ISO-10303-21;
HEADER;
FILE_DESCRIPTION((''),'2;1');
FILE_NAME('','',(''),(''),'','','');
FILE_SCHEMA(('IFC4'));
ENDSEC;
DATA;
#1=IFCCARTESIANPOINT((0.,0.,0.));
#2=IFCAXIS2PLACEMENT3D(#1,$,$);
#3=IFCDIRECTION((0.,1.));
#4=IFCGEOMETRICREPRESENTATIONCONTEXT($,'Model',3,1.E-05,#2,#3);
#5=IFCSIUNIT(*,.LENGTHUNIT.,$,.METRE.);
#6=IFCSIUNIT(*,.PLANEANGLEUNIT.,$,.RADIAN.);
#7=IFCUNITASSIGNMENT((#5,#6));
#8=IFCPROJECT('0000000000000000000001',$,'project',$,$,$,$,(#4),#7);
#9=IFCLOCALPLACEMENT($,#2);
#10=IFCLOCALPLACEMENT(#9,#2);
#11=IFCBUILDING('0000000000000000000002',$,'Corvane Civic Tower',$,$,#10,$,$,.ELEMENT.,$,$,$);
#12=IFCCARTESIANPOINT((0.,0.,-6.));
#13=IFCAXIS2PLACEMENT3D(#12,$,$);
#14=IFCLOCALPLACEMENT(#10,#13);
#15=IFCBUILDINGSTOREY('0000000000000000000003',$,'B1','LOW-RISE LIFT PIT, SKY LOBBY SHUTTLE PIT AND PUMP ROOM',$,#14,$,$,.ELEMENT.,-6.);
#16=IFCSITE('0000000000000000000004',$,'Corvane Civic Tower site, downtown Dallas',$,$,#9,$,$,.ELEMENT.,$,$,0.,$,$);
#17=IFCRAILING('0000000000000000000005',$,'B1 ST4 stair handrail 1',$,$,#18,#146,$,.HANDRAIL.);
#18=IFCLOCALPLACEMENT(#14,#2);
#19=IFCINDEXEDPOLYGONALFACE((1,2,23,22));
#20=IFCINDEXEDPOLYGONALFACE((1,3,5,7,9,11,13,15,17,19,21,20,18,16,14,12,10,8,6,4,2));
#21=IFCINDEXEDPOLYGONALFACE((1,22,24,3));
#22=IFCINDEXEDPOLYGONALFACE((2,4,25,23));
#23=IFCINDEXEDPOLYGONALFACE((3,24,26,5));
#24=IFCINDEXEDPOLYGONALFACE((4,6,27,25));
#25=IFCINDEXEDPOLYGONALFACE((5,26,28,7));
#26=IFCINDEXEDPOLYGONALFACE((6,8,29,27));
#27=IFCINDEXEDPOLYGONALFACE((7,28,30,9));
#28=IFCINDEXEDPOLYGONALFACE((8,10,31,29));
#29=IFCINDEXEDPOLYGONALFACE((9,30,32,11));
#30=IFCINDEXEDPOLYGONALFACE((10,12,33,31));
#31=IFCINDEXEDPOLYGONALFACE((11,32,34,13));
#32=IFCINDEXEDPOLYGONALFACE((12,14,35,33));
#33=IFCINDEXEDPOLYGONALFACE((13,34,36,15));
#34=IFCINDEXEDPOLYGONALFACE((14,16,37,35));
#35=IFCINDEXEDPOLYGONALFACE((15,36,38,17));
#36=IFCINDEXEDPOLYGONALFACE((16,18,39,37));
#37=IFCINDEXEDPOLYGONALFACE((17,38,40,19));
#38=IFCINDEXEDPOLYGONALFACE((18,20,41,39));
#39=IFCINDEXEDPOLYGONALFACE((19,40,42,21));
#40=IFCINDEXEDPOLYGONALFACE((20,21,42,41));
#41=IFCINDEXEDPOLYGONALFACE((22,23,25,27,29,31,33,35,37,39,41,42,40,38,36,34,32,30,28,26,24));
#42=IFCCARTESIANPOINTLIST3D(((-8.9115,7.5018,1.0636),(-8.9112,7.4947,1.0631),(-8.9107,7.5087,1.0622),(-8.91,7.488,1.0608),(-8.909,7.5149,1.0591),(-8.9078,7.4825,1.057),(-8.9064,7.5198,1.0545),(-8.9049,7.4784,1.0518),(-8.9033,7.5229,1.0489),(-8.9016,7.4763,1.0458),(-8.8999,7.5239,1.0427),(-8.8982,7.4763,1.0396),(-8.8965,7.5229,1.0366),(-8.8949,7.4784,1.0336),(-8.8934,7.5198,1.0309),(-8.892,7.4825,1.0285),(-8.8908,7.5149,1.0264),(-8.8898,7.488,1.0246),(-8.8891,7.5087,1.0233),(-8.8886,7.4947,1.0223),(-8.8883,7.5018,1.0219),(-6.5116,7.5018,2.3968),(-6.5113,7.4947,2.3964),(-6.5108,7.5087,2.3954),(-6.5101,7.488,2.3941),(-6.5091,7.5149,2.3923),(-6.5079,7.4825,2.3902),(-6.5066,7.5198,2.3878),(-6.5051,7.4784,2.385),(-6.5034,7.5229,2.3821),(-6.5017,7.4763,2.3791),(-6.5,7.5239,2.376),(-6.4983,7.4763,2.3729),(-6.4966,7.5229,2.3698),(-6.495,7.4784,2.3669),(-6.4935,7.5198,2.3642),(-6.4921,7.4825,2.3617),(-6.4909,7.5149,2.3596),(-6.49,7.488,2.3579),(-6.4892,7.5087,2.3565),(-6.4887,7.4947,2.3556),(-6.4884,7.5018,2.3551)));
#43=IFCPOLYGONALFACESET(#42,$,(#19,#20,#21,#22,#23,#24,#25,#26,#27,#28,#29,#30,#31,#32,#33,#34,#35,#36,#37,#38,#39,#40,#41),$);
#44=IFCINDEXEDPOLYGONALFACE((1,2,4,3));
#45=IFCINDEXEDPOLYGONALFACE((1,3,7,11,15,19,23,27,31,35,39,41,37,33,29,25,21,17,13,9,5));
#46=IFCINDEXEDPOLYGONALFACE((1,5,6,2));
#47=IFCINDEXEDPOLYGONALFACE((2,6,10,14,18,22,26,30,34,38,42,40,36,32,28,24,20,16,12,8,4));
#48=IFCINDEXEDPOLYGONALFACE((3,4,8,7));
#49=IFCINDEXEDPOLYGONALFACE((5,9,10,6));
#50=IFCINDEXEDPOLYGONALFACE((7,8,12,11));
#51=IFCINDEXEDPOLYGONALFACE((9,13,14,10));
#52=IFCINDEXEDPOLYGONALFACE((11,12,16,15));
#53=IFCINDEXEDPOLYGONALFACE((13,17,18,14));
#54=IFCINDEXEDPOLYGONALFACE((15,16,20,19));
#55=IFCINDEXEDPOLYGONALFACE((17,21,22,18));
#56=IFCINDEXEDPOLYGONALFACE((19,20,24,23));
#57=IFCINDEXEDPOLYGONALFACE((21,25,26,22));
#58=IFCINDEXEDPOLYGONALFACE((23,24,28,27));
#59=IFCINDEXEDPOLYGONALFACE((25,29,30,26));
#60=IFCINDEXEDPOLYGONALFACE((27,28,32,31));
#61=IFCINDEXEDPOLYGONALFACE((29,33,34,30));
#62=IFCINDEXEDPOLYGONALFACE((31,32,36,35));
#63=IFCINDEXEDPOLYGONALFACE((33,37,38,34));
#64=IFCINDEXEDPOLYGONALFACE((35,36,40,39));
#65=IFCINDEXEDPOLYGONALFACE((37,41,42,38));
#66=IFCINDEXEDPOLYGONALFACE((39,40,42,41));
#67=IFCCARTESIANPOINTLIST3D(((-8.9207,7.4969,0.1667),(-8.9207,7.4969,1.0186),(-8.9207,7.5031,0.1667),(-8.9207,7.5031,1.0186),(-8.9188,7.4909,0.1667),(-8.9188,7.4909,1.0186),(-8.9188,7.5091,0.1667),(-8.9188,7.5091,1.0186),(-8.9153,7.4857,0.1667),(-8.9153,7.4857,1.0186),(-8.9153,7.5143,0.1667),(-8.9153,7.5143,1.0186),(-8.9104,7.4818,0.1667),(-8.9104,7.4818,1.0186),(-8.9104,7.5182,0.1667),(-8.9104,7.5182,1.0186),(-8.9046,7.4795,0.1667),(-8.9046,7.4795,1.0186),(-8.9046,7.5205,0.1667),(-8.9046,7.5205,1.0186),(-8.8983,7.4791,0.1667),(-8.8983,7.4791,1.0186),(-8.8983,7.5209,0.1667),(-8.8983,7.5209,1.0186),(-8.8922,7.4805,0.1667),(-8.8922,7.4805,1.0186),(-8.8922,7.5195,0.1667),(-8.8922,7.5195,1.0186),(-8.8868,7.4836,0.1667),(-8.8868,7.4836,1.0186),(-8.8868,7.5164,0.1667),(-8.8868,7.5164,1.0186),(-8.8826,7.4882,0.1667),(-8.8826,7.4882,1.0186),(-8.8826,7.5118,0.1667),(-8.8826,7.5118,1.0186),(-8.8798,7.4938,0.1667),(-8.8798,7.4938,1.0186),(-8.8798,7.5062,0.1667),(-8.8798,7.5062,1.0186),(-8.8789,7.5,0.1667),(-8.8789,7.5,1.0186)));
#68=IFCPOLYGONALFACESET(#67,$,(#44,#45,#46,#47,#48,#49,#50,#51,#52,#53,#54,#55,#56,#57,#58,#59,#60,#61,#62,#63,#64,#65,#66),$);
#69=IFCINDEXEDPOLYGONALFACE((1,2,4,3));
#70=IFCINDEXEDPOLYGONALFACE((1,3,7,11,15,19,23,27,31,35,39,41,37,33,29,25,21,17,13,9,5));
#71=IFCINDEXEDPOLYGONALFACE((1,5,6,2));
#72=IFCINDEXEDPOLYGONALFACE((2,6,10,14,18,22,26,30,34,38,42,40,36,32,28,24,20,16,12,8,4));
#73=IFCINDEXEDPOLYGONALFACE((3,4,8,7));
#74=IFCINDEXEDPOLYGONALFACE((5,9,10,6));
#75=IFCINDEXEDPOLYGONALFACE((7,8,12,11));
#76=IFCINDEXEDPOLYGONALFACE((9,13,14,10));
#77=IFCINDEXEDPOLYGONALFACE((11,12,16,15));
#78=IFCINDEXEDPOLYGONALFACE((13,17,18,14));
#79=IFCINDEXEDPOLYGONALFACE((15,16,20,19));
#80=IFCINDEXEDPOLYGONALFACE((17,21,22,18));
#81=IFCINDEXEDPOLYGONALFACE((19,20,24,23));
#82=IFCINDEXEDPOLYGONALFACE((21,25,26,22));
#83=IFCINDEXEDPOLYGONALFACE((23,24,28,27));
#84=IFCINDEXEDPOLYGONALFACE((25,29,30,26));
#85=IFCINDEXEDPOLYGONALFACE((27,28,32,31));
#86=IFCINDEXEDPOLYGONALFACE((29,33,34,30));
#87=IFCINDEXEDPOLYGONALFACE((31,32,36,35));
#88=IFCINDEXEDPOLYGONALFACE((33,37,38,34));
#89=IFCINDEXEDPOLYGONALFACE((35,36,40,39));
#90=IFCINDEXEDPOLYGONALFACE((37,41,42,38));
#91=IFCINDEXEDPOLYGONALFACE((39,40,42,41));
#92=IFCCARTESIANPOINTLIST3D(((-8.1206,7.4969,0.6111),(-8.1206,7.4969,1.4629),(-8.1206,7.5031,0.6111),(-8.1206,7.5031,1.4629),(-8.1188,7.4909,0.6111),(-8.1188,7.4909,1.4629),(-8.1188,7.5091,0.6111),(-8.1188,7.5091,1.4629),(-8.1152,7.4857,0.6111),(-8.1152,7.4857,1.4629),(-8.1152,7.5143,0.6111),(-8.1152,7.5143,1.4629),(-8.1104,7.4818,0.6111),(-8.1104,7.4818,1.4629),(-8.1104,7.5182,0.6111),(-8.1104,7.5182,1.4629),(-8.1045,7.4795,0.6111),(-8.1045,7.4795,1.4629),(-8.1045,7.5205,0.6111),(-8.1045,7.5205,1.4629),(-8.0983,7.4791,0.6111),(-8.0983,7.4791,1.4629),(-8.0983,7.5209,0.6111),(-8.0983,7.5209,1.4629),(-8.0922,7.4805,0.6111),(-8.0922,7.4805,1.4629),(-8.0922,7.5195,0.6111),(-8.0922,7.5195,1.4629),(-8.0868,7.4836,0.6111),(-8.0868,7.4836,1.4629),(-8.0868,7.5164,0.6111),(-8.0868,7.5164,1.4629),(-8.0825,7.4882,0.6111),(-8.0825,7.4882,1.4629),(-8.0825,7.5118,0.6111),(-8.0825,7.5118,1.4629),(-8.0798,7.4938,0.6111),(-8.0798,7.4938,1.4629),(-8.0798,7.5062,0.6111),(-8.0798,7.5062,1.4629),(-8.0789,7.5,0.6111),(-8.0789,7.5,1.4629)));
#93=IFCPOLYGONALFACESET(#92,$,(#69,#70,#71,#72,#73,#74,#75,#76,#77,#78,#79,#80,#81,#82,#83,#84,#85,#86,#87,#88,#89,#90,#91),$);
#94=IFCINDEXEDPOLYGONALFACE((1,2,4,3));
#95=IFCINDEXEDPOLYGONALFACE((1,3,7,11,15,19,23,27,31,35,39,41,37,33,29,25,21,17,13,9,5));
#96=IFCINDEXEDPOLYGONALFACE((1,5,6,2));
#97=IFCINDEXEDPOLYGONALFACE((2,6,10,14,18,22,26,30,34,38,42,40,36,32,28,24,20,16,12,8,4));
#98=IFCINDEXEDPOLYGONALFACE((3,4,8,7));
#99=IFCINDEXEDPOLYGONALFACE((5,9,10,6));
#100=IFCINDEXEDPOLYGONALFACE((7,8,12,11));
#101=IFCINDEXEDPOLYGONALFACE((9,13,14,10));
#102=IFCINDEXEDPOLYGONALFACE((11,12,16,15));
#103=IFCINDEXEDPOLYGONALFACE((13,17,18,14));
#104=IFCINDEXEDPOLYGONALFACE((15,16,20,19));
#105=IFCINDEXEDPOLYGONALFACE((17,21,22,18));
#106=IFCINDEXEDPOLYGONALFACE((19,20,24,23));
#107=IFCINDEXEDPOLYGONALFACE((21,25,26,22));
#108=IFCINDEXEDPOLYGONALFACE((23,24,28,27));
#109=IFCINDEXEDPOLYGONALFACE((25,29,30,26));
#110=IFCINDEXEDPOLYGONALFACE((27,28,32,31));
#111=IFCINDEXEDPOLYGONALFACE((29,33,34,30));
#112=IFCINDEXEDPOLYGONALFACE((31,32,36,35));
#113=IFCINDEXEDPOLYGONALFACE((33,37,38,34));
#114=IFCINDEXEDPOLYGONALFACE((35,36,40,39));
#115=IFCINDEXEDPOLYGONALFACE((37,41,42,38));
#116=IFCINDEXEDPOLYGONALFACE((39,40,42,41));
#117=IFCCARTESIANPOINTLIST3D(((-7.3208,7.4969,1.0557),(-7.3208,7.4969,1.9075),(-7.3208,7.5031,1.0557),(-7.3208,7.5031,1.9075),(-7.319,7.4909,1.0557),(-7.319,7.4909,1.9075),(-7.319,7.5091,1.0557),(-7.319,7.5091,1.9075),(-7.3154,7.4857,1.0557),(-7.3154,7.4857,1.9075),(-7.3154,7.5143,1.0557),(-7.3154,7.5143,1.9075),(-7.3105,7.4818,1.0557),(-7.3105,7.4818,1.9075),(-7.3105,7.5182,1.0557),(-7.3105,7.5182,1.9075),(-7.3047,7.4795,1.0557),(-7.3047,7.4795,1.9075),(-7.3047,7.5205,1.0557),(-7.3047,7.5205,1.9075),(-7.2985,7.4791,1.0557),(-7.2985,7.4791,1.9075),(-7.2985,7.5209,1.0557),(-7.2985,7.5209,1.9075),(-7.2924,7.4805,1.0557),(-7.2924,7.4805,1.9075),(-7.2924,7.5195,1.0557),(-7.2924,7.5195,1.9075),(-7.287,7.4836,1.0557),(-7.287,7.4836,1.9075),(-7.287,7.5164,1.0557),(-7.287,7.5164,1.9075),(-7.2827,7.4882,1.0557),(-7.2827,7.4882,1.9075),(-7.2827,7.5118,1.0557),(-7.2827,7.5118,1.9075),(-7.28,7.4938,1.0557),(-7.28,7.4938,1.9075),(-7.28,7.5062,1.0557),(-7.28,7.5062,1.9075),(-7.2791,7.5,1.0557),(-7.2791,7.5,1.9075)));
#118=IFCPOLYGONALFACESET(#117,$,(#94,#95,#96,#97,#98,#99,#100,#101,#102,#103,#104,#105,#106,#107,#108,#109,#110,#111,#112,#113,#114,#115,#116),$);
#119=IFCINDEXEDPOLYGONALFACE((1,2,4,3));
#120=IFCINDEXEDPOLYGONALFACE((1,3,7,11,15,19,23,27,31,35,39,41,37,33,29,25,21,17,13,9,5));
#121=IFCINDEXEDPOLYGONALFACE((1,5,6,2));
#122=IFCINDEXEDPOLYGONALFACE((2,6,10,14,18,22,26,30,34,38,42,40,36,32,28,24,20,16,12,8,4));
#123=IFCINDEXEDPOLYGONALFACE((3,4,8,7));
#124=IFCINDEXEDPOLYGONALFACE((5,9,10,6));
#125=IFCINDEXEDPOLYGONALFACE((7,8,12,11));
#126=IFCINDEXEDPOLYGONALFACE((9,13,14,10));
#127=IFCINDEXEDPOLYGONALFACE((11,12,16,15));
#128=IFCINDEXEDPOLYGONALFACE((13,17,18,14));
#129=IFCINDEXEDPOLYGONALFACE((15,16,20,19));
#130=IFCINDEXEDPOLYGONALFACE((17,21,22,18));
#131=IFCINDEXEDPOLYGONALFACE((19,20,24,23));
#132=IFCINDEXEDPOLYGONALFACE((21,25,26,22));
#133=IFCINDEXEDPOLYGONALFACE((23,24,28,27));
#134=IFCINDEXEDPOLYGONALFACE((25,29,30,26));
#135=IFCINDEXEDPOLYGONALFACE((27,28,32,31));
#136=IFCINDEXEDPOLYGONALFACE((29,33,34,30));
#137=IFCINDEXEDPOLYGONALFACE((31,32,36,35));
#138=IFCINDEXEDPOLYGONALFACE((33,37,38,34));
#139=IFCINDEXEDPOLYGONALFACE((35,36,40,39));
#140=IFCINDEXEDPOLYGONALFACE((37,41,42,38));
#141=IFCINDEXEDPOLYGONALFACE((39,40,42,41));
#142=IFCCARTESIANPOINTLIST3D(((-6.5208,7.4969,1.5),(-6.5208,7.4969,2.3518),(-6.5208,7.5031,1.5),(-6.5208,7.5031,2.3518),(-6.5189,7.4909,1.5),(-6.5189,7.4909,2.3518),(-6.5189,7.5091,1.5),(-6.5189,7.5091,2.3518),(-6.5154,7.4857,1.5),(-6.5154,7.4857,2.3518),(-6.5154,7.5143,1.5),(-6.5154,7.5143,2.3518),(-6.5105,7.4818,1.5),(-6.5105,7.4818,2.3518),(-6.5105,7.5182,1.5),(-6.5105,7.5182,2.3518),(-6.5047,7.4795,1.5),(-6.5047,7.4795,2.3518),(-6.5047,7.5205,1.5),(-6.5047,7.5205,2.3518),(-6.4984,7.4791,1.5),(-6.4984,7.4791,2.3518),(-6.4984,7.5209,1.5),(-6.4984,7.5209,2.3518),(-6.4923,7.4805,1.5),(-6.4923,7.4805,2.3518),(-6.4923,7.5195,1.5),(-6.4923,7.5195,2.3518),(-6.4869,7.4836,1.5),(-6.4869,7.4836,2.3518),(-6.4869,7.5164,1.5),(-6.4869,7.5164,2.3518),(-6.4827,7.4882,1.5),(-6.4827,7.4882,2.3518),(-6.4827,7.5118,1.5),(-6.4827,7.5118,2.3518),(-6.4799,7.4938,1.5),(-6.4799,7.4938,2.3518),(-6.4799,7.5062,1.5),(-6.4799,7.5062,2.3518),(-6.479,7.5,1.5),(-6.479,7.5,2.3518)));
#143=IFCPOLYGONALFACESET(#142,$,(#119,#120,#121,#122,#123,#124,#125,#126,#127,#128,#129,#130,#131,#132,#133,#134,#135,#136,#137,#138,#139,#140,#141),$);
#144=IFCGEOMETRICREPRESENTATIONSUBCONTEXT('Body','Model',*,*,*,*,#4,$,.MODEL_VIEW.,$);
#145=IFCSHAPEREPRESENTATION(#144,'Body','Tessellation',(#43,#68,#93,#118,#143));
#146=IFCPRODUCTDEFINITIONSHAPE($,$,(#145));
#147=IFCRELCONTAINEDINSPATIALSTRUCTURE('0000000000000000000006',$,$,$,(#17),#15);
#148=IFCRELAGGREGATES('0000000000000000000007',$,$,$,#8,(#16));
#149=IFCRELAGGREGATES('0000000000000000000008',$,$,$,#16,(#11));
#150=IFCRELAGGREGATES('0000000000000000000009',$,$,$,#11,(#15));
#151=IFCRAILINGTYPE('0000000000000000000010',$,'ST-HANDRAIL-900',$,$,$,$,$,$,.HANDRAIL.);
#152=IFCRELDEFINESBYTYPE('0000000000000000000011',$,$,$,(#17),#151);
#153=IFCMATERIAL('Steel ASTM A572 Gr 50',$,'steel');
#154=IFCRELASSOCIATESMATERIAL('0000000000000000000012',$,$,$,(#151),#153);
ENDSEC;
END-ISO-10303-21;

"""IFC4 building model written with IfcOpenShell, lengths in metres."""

from ifc_helpers import new_model, si_unit, direction, frame, origin, origin_2d, place, context, subcontext, project, spatial, circle, extrude, material, type_object, element, save


model = new_model("IFC4")

# Units and contexts
model_context = context("Model", 3, precision=1e-05, world=origin(), true_north=direction((0.0, 1.0)))
body_context = subcontext(model_context, "Body", "Model", "MODEL_VIEW")
ifc_project = project(units=[si_unit("LENGTHUNIT", "METRE"), si_unit("PLANEANGLEUNIT", "RADIAN")], contexts=[model_context])

# Site, building, storey
site_placement = place(None, origin())
site = spatial("IfcSite", under=ifc_project, at=site_placement, Name="Corvane Civic Tower site, downtown Dallas", CompositionType="ELEMENT", RefElevation=0.0)
building_placement = place(site_placement, origin())
building = spatial("IfcBuilding", under=site, at=building_placement, Name="Corvane Civic Tower", CompositionType="ELEMENT")
storey_placement = place(building_placement, frame((0.0, 0.0, -6.0)))
storey = spatial("IfcBuildingStorey", under=building, at=storey_placement, Name="B1", Description="LOW-RISE LIFT PIT, SKY LOBBY SHUTTLE PIT AND PUMP ROOM", CompositionType="ELEMENT", Elevation=-6.0)

# Railing
ifc_material_1 = material(Name="Steel ASTM A572 Gr 50", Category="steel")
railing_type_1 = type_object("IfcRailingType", Name="ST-HANDRAIL-900", PredefinedType="HANDRAIL", material=ifc_material_1)
for number, where, name in (
    (1, (-8.8999, 7.5, 0.1667), "B1 ST4 stair handrail 1"),
):
    element("IfcRailing", number, at=place(storey_placement, frame(where)), inside=storey, type_object=railing_type_1, Name=name, PredefinedType="HANDRAIL", context=body_context, shape_type="SweptSolid", body=[
        extrude(circle(Radius=0.0239, at=origin_2d()), frame((0.0, 0.0, 0.876), z_axis=(0.874161, 0.0, 0.485635), x_axis=(0.0, 1.0, 0.0)), (0.0, 0.0, 1.0), 2.7454),
        extrude(circle(Radius=0.021, at=origin_2d()), origin(), (0.0, 0.0, 1.0), 0.8518),
        extrude(circle(Radius=0.021, at=origin_2d()), frame((0.8, 0.0, 0.4443)), (0.0, 0.0, 1.0), 0.8518),
        extrude(circle(Radius=0.021, at=origin_2d()), frame((1.5999, 0.0, 0.8889)), (0.0, 0.0, 1.0), 0.8518),
        extrude(circle(Radius=0.021, at=origin_2d()), frame((2.3999, 0.0, 1.3333)), (0.0, 0.0, 1.0), 0.8518),
    ])

save(model, "model.ifc")
